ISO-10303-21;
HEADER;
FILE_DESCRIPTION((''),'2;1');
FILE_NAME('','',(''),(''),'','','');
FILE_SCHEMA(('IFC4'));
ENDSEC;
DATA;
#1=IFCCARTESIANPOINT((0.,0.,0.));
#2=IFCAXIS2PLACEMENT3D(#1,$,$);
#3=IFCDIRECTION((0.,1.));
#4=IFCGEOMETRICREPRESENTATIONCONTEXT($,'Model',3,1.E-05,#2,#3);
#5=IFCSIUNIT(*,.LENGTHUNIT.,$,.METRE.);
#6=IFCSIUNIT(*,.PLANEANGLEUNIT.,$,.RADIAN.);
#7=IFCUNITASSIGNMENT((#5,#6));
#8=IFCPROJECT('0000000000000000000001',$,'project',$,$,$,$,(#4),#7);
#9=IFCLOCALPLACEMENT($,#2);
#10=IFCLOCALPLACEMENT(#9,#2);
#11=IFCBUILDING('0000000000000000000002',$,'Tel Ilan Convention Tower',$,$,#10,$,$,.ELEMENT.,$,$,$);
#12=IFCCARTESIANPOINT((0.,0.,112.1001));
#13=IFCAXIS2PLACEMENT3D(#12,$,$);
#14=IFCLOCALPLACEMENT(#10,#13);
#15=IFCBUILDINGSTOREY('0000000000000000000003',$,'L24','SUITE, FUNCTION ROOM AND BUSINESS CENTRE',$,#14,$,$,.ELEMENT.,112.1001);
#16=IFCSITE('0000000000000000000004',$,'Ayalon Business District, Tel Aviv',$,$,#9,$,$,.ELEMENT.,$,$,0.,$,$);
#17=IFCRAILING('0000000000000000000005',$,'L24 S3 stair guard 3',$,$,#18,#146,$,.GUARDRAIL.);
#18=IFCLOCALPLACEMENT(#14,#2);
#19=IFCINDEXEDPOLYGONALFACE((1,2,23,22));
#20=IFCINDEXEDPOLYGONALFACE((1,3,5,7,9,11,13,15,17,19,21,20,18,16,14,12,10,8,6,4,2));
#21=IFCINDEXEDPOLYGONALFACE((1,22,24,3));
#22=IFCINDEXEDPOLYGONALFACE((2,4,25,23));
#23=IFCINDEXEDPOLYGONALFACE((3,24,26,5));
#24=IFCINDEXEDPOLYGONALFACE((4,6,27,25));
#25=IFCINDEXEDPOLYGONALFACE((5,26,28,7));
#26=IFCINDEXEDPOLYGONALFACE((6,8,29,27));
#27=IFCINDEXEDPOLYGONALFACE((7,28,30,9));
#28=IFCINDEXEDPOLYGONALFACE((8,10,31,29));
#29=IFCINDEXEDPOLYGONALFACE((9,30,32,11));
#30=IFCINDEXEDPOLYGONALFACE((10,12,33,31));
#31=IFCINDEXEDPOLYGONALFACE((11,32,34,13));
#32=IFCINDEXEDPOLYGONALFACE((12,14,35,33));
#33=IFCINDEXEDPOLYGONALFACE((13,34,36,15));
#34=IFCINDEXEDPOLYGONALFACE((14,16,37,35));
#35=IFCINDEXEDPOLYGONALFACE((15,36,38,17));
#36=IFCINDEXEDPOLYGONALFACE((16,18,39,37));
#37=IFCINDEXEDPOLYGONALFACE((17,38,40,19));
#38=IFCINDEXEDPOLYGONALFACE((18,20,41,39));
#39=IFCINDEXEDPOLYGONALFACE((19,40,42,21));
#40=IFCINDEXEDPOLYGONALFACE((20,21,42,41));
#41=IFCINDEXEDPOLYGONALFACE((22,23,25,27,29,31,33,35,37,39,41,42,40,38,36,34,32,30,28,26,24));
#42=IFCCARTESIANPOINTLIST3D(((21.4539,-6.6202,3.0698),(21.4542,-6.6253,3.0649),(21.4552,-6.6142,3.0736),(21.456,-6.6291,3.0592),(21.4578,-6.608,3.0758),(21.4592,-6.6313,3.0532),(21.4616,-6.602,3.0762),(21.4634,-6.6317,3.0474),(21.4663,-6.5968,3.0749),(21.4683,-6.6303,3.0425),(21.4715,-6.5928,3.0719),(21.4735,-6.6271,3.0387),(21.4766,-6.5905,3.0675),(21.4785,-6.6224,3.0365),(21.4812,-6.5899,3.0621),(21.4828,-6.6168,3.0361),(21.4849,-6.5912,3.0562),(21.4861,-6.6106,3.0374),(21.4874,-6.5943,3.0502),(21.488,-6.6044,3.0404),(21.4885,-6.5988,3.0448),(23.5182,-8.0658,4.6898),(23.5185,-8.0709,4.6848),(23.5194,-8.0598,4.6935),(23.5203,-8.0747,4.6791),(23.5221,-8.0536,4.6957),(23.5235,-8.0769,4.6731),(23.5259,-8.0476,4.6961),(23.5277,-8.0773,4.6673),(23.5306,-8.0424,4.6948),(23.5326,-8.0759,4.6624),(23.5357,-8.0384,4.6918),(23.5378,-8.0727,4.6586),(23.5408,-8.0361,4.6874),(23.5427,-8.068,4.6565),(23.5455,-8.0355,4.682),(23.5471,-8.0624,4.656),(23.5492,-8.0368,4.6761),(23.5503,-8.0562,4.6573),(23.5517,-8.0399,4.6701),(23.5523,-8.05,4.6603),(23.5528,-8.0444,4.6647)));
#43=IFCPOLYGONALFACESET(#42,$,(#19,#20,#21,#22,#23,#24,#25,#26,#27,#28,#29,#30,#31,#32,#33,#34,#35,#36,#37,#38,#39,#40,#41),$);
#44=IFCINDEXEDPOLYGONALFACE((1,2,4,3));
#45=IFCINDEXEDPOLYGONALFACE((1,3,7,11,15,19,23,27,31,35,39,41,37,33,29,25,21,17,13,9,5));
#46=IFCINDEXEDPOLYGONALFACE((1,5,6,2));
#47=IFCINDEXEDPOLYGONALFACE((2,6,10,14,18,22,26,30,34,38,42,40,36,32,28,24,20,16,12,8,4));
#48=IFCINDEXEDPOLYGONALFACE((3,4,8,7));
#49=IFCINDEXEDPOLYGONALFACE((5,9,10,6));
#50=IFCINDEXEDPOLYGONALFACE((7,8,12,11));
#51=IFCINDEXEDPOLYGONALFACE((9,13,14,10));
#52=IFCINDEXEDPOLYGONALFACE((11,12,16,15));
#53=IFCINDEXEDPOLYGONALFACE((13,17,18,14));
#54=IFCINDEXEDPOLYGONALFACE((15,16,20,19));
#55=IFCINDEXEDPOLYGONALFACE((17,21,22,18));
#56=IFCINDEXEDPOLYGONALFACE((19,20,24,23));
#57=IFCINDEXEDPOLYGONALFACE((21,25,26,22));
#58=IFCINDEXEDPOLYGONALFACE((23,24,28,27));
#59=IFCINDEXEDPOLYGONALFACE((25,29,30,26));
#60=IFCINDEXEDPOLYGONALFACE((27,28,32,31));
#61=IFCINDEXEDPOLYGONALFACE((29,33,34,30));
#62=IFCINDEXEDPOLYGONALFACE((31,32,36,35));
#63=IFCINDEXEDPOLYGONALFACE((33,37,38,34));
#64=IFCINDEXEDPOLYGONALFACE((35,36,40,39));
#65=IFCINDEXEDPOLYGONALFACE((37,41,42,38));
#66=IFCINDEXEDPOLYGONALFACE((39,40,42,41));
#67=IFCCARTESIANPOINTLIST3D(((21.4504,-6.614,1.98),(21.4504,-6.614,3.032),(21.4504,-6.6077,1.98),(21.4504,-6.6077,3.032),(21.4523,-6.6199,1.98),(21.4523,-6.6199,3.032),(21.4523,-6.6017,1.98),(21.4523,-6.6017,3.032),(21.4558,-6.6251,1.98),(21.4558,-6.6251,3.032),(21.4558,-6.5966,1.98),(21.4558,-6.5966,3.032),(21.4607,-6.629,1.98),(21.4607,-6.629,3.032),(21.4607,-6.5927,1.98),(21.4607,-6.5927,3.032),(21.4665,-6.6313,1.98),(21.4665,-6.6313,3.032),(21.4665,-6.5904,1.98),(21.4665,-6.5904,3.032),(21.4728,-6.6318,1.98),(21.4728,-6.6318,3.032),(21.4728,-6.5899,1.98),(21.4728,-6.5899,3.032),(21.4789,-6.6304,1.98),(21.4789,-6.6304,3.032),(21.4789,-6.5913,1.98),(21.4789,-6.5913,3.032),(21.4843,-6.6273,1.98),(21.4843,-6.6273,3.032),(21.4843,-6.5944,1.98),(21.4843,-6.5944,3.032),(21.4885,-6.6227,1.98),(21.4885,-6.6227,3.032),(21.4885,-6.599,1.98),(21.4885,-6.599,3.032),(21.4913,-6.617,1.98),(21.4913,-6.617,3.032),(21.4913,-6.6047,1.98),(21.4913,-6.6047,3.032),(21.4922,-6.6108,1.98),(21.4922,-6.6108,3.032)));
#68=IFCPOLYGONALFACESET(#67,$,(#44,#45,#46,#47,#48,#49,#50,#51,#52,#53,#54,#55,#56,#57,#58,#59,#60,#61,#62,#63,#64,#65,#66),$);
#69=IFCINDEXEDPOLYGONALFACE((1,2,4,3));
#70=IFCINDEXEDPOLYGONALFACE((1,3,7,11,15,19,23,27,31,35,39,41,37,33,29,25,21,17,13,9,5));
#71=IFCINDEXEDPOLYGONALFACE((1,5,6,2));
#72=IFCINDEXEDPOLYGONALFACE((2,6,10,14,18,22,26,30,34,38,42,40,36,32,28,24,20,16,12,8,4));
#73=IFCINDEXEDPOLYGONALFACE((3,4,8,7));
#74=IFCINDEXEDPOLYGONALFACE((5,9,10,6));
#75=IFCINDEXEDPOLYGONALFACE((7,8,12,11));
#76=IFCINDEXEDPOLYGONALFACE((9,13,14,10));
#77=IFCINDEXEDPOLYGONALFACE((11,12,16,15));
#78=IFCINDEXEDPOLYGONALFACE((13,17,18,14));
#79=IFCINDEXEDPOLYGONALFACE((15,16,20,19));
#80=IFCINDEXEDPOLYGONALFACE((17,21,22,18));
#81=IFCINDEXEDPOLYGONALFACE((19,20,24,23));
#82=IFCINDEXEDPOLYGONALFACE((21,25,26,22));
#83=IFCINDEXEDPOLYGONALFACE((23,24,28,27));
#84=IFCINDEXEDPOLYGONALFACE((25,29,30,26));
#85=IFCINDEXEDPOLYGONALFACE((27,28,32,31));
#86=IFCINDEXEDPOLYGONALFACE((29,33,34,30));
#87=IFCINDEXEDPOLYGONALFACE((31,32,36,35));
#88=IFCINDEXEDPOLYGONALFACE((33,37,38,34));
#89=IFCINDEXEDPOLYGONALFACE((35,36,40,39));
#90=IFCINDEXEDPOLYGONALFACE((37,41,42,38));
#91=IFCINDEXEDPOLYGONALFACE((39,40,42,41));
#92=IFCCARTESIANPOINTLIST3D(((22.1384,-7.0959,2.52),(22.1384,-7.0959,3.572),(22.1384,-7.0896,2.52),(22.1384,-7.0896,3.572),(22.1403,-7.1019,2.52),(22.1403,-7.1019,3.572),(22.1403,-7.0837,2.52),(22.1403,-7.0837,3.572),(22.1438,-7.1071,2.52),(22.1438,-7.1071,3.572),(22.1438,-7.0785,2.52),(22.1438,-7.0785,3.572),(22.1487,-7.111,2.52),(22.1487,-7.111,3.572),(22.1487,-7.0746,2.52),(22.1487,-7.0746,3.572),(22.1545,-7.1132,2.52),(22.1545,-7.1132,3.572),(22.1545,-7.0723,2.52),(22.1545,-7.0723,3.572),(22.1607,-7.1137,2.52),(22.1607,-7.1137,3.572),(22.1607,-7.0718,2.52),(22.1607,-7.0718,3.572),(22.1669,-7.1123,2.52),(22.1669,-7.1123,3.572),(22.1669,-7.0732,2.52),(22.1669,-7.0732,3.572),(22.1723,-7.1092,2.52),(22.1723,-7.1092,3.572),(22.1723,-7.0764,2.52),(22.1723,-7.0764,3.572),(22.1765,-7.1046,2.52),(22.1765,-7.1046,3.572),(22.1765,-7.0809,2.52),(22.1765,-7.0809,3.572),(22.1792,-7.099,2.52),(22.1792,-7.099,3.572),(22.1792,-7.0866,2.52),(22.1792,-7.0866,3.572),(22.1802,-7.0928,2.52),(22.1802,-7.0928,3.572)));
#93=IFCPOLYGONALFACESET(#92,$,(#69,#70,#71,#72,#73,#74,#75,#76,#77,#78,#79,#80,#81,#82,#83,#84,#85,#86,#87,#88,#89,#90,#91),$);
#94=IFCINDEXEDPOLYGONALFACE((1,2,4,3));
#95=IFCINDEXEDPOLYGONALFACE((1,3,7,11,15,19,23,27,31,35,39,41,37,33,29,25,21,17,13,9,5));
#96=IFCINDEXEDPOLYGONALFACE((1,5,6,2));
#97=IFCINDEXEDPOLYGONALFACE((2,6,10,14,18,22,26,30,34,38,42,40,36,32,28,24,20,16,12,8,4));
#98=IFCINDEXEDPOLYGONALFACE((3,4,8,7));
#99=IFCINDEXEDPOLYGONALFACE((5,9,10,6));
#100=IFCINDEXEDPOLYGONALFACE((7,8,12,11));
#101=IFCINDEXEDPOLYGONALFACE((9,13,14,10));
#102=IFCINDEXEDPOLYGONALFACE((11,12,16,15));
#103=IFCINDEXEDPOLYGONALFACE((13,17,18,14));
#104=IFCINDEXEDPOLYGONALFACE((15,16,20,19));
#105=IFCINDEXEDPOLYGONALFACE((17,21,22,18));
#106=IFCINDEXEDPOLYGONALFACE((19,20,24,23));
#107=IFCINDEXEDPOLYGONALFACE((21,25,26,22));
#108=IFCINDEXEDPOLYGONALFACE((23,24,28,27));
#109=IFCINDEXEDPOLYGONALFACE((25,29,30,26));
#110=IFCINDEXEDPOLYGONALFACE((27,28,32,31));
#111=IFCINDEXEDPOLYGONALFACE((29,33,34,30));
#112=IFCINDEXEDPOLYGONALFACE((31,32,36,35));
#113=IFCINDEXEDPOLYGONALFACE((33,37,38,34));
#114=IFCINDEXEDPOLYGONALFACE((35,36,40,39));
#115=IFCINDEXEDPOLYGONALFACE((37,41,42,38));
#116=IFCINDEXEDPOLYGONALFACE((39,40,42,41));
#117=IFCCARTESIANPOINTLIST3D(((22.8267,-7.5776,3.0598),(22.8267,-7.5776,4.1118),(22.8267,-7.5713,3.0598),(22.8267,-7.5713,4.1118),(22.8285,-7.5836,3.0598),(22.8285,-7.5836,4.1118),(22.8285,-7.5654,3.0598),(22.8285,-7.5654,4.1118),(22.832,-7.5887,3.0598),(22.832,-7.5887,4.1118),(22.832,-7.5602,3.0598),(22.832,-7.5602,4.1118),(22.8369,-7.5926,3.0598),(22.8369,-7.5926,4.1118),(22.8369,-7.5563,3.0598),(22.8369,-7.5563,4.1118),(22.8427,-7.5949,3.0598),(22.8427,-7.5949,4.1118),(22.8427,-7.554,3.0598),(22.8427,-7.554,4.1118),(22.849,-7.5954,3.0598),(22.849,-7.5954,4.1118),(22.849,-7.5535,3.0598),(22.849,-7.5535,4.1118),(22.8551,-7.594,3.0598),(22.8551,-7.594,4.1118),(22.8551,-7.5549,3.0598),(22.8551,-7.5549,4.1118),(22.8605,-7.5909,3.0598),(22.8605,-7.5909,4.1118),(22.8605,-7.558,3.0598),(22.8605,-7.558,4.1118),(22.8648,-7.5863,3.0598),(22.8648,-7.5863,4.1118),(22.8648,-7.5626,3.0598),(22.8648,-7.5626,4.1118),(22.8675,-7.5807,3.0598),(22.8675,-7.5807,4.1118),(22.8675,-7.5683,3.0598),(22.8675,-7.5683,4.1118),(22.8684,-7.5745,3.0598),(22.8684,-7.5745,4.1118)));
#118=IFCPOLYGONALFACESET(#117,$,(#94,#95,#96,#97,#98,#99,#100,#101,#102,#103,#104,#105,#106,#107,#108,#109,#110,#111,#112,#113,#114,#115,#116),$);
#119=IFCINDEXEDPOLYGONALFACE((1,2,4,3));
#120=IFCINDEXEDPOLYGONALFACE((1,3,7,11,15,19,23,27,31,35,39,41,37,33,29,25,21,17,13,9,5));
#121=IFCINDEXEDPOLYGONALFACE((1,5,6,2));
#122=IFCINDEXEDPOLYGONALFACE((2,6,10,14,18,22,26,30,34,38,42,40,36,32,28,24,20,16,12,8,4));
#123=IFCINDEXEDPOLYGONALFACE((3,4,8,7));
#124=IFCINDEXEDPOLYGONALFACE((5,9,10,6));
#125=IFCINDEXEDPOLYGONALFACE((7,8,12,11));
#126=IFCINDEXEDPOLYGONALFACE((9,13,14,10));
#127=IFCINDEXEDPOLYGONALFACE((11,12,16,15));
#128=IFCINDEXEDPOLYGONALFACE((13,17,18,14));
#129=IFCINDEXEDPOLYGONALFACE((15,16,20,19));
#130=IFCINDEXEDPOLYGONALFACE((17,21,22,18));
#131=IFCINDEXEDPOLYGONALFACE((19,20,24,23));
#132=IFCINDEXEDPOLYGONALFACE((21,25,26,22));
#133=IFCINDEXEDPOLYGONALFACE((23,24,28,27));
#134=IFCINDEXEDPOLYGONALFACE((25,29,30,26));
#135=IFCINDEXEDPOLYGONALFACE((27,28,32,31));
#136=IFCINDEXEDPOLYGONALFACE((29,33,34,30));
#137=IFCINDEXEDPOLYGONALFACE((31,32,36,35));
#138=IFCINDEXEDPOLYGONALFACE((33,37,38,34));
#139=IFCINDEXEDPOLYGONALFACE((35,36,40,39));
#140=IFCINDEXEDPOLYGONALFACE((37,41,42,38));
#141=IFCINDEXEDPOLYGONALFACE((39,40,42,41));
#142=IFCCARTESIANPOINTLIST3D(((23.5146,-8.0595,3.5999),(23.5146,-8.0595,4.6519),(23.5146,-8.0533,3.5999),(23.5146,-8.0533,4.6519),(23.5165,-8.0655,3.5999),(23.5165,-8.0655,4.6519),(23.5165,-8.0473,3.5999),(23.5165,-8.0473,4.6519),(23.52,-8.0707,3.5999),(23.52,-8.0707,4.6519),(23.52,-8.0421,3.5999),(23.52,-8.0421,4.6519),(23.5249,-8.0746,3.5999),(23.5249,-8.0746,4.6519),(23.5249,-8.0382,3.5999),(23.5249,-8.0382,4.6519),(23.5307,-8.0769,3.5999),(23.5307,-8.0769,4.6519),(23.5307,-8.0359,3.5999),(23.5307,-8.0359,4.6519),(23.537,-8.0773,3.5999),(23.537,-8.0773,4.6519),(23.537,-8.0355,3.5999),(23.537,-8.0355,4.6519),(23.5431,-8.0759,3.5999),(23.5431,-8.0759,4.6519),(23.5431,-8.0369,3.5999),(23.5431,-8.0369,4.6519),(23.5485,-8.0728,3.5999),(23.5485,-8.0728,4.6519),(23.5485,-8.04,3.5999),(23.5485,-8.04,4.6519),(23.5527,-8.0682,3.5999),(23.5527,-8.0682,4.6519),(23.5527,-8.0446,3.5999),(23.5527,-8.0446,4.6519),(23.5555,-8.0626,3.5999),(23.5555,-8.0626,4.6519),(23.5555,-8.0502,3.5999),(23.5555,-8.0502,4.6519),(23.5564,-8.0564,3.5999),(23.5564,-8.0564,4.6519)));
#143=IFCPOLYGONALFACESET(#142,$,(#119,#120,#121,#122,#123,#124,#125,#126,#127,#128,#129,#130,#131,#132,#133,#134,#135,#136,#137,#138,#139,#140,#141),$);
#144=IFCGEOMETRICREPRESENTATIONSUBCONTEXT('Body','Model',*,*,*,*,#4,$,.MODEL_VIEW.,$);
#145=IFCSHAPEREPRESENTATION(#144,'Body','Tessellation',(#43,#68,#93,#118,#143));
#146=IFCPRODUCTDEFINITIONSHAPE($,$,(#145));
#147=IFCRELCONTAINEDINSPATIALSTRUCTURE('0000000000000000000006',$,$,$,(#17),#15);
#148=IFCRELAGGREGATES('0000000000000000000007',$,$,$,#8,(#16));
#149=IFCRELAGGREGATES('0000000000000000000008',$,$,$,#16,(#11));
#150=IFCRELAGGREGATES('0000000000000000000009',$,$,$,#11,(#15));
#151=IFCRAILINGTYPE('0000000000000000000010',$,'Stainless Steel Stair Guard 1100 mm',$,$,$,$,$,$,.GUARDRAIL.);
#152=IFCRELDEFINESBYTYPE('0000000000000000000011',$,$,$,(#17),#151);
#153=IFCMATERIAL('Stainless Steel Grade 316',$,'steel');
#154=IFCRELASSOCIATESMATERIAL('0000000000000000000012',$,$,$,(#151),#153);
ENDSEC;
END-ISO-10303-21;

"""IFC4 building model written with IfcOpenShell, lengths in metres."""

from ifc_helpers import new_model, si_unit, direction, frame, origin, origin_2d, place, context, subcontext, project, spatial, circle, extrude, material, type_object, element, save


model = new_model("IFC4")

# Units and contexts
model_context = context("Model", 3, precision=1e-05, world=origin(), true_north=direction((0.0, 1.0)))
body_context = subcontext(model_context, "Body", "Model", "MODEL_VIEW")
ifc_project = project(units=[si_unit("LENGTHUNIT", "METRE"), si_unit("PLANEANGLEUNIT", "RADIAN")], contexts=[model_context])

# Site, building, storey
site_placement = place(None, origin())
site = spatial("IfcSite", under=ifc_project, at=site_placement, Name="Ayalon Business District, Tel Aviv", CompositionType="ELEMENT", RefElevation=0.0)
building_placement = place(site_placement, origin())
building = spatial("IfcBuilding", under=site, at=building_placement, Name="Tel Ilan Convention Tower", CompositionType="ELEMENT")
storey_placement = place(building_placement, frame((0.0, 0.0, 112.1001)))
storey = spatial("IfcBuildingStorey", under=building, at=storey_placement, Name="L24", Description="SUITE, FUNCTION ROOM AND BUSINESS CENTRE", CompositionType="ELEMENT", Elevation=112.1001)

# Railing
ifc_material_1 = material(Name="Stainless Steel Grade 316", Category="steel")
railing_type_1 = type_object("IfcRailingType", Name="Stainless Steel Stair Guard 1100 mm", PredefinedType="GUARDRAIL", material=ifc_material_1)
railing_1_placement = place(storey_placement, frame((21.4712, -6.6108, 1.98)))
element("IfcRailing", 1, at=railing_1_placement, inside=storey, type_object=railing_type_1, Name="L24 S3 stair guard 3", PredefinedType="GUARDRAIL", context=body_context, shape_type="SweptSolid", body=[
    extrude(circle(Radius=0.0239, at=origin_2d()), frame((0.0, 0.0, 1.0762), z_axis=(0.689043, -0.482534, 0.540722), x_axis=(0.573625, 0.819118, 0.0)), (0.0, 0.0, 1.0), 2.9958),
    extrude(circle(Radius=0.021, at=origin_2d()), origin(), (0.0, 0.0, 1.0), 1.052),
    extrude(circle(Radius=0.021, at=origin_2d()), frame((0.688, -0.4819, 0.54)), (0.0, 0.0, 1.0), 1.052),
    extrude(circle(Radius=0.021, at=origin_2d()), frame((1.3762, -0.9636, 1.0798)), (0.0, 0.0, 1.0), 1.052),
    extrude(circle(Radius=0.021, at=origin_2d()), frame((2.0642, -1.4456, 1.6199)), (0.0, 0.0, 1.0), 1.052),
])

save(model, "model.ifc")
